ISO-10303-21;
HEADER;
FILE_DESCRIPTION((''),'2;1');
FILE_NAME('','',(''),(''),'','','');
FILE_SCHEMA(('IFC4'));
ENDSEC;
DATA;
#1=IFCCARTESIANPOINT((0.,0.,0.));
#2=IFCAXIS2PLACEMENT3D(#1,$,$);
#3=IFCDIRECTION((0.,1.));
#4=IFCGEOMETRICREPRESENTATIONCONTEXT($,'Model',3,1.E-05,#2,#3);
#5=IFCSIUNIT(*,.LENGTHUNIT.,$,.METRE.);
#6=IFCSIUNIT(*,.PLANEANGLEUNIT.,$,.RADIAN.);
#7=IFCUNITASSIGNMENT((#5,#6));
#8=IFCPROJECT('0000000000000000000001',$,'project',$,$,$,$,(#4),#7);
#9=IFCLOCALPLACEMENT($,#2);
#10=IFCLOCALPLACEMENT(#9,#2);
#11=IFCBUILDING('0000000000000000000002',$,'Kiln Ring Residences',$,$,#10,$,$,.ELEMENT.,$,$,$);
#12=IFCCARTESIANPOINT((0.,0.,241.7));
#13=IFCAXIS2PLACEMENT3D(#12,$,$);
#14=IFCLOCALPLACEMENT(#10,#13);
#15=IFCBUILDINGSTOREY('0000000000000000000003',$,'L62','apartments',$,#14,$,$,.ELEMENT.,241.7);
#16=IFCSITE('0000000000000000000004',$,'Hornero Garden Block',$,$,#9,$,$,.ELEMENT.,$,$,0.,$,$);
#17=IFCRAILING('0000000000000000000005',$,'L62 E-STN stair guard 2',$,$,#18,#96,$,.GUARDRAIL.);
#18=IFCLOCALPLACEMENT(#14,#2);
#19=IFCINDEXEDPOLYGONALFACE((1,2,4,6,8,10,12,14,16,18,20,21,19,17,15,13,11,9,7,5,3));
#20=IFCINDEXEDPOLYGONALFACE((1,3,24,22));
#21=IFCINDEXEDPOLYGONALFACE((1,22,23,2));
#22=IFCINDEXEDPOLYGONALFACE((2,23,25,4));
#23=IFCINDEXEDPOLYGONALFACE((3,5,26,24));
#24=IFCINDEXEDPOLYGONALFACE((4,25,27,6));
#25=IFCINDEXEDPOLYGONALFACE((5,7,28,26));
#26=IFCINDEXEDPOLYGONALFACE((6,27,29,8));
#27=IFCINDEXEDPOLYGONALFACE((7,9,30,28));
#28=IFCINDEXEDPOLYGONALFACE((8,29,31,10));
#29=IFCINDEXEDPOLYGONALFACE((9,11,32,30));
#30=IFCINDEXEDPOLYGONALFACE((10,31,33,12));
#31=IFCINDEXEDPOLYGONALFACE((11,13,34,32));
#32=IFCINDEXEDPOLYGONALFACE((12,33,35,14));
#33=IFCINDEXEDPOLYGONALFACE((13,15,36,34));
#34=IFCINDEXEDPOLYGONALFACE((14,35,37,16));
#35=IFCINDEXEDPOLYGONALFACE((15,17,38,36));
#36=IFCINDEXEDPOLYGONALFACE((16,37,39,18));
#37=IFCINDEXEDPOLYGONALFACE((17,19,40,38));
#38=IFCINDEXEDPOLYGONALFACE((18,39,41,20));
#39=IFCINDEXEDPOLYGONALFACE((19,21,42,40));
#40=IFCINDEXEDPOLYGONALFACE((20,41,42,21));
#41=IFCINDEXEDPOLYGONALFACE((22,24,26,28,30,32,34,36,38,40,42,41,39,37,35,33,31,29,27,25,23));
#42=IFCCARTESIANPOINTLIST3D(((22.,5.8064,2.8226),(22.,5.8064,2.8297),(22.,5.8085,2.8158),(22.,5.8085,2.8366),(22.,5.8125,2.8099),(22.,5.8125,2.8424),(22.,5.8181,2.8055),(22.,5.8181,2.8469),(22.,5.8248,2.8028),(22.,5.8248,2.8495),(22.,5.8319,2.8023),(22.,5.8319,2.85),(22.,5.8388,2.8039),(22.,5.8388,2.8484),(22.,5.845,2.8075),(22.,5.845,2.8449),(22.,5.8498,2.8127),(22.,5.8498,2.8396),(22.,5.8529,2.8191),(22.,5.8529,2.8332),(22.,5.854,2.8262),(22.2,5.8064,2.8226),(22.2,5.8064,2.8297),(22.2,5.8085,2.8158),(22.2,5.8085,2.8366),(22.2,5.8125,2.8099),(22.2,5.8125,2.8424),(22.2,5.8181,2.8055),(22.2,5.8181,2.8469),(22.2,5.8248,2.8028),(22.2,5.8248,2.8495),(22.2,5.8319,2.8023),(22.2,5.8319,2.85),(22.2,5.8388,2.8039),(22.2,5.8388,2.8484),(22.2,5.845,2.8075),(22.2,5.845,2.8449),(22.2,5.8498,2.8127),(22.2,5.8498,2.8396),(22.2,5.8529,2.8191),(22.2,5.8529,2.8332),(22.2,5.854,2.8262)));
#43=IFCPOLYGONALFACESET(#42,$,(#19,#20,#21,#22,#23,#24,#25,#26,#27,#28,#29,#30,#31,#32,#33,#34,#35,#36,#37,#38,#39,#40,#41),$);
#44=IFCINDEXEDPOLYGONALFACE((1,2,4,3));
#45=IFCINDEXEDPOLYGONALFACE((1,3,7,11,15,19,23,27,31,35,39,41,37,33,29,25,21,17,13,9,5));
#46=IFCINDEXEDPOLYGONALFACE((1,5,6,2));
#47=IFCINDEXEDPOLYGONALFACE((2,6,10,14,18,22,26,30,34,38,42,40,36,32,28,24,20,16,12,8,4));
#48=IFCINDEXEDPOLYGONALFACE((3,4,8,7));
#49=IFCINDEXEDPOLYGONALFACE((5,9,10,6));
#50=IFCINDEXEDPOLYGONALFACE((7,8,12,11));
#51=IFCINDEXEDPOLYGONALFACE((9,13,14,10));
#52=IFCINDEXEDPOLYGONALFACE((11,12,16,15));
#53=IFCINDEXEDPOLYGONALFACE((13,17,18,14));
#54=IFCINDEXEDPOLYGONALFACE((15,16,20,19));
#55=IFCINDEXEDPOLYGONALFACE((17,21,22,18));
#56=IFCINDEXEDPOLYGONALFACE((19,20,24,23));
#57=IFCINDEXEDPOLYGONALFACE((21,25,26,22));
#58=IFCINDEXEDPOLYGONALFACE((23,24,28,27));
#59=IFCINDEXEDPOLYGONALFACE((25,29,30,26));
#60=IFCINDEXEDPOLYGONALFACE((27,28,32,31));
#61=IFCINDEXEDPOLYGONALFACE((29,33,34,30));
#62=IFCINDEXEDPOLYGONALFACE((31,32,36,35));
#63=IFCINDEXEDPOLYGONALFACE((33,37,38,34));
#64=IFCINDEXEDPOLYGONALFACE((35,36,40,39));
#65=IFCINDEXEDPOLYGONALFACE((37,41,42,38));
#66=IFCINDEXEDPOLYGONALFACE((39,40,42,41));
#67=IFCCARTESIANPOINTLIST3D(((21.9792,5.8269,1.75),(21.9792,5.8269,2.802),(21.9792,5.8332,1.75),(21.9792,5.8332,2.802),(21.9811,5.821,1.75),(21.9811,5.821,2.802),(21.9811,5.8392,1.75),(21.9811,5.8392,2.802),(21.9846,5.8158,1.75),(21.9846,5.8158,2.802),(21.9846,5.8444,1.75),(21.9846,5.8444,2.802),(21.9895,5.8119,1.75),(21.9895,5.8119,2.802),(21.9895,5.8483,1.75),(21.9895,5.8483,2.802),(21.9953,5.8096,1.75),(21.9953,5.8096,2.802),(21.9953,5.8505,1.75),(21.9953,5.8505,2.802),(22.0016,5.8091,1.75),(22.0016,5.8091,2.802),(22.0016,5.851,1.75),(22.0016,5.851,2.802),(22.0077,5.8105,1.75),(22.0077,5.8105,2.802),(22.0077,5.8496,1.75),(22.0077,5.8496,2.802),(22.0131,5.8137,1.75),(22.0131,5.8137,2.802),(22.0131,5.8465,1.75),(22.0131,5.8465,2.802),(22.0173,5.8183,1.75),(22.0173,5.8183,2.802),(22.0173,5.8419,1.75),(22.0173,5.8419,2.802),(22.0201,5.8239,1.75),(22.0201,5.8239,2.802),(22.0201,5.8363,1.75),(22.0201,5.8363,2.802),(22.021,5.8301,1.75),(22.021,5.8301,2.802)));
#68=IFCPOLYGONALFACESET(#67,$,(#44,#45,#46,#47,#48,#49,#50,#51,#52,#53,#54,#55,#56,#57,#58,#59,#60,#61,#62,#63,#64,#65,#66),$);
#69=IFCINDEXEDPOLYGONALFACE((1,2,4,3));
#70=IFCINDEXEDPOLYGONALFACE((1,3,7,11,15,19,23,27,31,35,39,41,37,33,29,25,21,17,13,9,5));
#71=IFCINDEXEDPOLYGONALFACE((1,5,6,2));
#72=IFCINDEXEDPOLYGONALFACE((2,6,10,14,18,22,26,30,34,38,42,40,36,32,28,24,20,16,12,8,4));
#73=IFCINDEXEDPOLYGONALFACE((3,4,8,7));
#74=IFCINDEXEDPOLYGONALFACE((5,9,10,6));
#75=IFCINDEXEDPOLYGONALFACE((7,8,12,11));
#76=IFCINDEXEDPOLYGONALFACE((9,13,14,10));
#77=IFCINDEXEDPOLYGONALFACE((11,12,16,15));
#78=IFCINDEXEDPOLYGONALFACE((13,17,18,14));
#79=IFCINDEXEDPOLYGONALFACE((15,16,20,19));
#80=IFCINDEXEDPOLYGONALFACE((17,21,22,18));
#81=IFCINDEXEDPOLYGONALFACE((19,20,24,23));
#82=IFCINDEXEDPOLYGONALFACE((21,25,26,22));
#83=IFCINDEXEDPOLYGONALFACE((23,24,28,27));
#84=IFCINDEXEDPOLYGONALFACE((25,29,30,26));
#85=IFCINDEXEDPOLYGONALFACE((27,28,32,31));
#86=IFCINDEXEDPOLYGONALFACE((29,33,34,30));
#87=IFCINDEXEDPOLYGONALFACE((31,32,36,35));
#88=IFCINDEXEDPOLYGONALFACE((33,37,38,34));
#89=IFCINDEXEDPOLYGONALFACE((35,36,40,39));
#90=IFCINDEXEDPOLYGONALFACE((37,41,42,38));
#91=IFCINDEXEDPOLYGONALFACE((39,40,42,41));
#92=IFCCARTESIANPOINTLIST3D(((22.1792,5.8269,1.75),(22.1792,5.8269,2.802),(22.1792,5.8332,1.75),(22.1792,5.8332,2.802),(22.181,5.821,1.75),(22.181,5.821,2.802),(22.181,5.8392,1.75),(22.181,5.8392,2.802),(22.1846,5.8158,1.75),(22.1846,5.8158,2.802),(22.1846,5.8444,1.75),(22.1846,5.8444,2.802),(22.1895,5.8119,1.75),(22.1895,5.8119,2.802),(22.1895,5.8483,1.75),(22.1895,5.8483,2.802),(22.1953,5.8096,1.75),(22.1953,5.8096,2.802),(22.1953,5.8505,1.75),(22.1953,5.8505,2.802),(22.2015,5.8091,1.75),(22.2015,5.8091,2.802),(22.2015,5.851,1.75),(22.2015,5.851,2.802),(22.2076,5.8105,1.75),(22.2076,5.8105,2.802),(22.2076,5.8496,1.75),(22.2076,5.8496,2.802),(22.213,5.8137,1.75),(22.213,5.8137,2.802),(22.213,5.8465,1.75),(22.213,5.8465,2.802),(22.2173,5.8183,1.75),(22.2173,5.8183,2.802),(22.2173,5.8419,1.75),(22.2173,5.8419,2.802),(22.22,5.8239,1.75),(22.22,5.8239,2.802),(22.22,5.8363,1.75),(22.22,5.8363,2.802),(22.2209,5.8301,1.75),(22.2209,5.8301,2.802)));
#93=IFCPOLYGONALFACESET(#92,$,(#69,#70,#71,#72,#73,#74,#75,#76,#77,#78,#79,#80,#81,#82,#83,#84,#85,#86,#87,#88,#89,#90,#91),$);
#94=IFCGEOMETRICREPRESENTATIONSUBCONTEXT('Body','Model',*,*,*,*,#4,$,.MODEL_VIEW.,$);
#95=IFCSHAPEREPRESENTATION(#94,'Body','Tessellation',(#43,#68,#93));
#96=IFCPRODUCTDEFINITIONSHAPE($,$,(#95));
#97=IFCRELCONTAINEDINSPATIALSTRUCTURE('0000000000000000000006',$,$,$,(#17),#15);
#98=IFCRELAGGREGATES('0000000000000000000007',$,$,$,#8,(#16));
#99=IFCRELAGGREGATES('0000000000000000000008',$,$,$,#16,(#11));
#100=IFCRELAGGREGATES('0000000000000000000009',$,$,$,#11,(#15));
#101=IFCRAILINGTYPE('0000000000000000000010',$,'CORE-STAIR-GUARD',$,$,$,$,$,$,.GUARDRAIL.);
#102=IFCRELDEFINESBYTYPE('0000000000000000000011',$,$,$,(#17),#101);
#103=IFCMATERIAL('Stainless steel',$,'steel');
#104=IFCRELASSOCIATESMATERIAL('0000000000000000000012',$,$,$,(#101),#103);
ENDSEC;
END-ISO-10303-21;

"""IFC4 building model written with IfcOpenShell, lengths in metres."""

from ifc_helpers import new_model, si_unit, direction, frame, origin, origin_2d, place, context, subcontext, project, spatial, circle, extrude, material, type_object, element, save


model = new_model("IFC4")

# Units and contexts
model_context = context("Model", 3, precision=1e-05, world=origin(), true_north=direction((0.0, 1.0)))
body_context = subcontext(model_context, "Body", "Model", "MODEL_VIEW")
ifc_project = project(units=[si_unit("LENGTHUNIT", "METRE"), si_unit("PLANEANGLEUNIT", "RADIAN")], contexts=[model_context])

# Site, building, storey
site_placement = place(None, origin())
site = spatial("IfcSite", under=ifc_project, at=site_placement, Name="Hornero Garden Block", CompositionType="ELEMENT", RefElevation=0.0)
building_placement = place(site_placement, origin())
building = spatial("IfcBuilding", under=site, at=building_placement, Name="Kiln Ring Residences", CompositionType="ELEMENT")
storey_placement = place(building_placement, frame((0.0, 0.0, 241.7)))
storey = spatial("IfcBuildingStorey", under=building, at=storey_placement, Name="L62", Description="apartments", CompositionType="ELEMENT", Elevation=241.7)

# Railing
ifc_material_1 = material(Name="Stainless steel", Category="steel")
railing_type_1 = type_object("IfcRailingType", Name="CORE-STAIR-GUARD", PredefinedType="GUARDRAIL", material=ifc_material_1)
railing_1_placement = place(storey_placement, frame((22.0, 5.8301, 1.75)))
element("IfcRailing", 1, at=railing_1_placement, inside=storey, type_object=railing_type_1, Name="L62 E-STN stair guard 2", PredefinedType="GUARDRAIL", context=body_context, shape_type="SweptSolid", body=[
    extrude(circle(Radius=0.0239, at=origin_2d()), frame((0.0, 0.0, 1.0762), z_axis=(1.0, 0.0, 0.0), x_axis=(0.0, 1.0, 0.0)), (0.0, 0.0, 1.0), 0.2),
    extrude(circle(Radius=0.021, at=origin_2d()), origin(), (0.0, 0.0, 1.0), 1.052),
    extrude(circle(Radius=0.021, at=origin_2d()), frame((0.2, 0.0, 0.0)), (0.0, 0.0, 1.0), 1.052),
])

save(model, "model.ifc")
